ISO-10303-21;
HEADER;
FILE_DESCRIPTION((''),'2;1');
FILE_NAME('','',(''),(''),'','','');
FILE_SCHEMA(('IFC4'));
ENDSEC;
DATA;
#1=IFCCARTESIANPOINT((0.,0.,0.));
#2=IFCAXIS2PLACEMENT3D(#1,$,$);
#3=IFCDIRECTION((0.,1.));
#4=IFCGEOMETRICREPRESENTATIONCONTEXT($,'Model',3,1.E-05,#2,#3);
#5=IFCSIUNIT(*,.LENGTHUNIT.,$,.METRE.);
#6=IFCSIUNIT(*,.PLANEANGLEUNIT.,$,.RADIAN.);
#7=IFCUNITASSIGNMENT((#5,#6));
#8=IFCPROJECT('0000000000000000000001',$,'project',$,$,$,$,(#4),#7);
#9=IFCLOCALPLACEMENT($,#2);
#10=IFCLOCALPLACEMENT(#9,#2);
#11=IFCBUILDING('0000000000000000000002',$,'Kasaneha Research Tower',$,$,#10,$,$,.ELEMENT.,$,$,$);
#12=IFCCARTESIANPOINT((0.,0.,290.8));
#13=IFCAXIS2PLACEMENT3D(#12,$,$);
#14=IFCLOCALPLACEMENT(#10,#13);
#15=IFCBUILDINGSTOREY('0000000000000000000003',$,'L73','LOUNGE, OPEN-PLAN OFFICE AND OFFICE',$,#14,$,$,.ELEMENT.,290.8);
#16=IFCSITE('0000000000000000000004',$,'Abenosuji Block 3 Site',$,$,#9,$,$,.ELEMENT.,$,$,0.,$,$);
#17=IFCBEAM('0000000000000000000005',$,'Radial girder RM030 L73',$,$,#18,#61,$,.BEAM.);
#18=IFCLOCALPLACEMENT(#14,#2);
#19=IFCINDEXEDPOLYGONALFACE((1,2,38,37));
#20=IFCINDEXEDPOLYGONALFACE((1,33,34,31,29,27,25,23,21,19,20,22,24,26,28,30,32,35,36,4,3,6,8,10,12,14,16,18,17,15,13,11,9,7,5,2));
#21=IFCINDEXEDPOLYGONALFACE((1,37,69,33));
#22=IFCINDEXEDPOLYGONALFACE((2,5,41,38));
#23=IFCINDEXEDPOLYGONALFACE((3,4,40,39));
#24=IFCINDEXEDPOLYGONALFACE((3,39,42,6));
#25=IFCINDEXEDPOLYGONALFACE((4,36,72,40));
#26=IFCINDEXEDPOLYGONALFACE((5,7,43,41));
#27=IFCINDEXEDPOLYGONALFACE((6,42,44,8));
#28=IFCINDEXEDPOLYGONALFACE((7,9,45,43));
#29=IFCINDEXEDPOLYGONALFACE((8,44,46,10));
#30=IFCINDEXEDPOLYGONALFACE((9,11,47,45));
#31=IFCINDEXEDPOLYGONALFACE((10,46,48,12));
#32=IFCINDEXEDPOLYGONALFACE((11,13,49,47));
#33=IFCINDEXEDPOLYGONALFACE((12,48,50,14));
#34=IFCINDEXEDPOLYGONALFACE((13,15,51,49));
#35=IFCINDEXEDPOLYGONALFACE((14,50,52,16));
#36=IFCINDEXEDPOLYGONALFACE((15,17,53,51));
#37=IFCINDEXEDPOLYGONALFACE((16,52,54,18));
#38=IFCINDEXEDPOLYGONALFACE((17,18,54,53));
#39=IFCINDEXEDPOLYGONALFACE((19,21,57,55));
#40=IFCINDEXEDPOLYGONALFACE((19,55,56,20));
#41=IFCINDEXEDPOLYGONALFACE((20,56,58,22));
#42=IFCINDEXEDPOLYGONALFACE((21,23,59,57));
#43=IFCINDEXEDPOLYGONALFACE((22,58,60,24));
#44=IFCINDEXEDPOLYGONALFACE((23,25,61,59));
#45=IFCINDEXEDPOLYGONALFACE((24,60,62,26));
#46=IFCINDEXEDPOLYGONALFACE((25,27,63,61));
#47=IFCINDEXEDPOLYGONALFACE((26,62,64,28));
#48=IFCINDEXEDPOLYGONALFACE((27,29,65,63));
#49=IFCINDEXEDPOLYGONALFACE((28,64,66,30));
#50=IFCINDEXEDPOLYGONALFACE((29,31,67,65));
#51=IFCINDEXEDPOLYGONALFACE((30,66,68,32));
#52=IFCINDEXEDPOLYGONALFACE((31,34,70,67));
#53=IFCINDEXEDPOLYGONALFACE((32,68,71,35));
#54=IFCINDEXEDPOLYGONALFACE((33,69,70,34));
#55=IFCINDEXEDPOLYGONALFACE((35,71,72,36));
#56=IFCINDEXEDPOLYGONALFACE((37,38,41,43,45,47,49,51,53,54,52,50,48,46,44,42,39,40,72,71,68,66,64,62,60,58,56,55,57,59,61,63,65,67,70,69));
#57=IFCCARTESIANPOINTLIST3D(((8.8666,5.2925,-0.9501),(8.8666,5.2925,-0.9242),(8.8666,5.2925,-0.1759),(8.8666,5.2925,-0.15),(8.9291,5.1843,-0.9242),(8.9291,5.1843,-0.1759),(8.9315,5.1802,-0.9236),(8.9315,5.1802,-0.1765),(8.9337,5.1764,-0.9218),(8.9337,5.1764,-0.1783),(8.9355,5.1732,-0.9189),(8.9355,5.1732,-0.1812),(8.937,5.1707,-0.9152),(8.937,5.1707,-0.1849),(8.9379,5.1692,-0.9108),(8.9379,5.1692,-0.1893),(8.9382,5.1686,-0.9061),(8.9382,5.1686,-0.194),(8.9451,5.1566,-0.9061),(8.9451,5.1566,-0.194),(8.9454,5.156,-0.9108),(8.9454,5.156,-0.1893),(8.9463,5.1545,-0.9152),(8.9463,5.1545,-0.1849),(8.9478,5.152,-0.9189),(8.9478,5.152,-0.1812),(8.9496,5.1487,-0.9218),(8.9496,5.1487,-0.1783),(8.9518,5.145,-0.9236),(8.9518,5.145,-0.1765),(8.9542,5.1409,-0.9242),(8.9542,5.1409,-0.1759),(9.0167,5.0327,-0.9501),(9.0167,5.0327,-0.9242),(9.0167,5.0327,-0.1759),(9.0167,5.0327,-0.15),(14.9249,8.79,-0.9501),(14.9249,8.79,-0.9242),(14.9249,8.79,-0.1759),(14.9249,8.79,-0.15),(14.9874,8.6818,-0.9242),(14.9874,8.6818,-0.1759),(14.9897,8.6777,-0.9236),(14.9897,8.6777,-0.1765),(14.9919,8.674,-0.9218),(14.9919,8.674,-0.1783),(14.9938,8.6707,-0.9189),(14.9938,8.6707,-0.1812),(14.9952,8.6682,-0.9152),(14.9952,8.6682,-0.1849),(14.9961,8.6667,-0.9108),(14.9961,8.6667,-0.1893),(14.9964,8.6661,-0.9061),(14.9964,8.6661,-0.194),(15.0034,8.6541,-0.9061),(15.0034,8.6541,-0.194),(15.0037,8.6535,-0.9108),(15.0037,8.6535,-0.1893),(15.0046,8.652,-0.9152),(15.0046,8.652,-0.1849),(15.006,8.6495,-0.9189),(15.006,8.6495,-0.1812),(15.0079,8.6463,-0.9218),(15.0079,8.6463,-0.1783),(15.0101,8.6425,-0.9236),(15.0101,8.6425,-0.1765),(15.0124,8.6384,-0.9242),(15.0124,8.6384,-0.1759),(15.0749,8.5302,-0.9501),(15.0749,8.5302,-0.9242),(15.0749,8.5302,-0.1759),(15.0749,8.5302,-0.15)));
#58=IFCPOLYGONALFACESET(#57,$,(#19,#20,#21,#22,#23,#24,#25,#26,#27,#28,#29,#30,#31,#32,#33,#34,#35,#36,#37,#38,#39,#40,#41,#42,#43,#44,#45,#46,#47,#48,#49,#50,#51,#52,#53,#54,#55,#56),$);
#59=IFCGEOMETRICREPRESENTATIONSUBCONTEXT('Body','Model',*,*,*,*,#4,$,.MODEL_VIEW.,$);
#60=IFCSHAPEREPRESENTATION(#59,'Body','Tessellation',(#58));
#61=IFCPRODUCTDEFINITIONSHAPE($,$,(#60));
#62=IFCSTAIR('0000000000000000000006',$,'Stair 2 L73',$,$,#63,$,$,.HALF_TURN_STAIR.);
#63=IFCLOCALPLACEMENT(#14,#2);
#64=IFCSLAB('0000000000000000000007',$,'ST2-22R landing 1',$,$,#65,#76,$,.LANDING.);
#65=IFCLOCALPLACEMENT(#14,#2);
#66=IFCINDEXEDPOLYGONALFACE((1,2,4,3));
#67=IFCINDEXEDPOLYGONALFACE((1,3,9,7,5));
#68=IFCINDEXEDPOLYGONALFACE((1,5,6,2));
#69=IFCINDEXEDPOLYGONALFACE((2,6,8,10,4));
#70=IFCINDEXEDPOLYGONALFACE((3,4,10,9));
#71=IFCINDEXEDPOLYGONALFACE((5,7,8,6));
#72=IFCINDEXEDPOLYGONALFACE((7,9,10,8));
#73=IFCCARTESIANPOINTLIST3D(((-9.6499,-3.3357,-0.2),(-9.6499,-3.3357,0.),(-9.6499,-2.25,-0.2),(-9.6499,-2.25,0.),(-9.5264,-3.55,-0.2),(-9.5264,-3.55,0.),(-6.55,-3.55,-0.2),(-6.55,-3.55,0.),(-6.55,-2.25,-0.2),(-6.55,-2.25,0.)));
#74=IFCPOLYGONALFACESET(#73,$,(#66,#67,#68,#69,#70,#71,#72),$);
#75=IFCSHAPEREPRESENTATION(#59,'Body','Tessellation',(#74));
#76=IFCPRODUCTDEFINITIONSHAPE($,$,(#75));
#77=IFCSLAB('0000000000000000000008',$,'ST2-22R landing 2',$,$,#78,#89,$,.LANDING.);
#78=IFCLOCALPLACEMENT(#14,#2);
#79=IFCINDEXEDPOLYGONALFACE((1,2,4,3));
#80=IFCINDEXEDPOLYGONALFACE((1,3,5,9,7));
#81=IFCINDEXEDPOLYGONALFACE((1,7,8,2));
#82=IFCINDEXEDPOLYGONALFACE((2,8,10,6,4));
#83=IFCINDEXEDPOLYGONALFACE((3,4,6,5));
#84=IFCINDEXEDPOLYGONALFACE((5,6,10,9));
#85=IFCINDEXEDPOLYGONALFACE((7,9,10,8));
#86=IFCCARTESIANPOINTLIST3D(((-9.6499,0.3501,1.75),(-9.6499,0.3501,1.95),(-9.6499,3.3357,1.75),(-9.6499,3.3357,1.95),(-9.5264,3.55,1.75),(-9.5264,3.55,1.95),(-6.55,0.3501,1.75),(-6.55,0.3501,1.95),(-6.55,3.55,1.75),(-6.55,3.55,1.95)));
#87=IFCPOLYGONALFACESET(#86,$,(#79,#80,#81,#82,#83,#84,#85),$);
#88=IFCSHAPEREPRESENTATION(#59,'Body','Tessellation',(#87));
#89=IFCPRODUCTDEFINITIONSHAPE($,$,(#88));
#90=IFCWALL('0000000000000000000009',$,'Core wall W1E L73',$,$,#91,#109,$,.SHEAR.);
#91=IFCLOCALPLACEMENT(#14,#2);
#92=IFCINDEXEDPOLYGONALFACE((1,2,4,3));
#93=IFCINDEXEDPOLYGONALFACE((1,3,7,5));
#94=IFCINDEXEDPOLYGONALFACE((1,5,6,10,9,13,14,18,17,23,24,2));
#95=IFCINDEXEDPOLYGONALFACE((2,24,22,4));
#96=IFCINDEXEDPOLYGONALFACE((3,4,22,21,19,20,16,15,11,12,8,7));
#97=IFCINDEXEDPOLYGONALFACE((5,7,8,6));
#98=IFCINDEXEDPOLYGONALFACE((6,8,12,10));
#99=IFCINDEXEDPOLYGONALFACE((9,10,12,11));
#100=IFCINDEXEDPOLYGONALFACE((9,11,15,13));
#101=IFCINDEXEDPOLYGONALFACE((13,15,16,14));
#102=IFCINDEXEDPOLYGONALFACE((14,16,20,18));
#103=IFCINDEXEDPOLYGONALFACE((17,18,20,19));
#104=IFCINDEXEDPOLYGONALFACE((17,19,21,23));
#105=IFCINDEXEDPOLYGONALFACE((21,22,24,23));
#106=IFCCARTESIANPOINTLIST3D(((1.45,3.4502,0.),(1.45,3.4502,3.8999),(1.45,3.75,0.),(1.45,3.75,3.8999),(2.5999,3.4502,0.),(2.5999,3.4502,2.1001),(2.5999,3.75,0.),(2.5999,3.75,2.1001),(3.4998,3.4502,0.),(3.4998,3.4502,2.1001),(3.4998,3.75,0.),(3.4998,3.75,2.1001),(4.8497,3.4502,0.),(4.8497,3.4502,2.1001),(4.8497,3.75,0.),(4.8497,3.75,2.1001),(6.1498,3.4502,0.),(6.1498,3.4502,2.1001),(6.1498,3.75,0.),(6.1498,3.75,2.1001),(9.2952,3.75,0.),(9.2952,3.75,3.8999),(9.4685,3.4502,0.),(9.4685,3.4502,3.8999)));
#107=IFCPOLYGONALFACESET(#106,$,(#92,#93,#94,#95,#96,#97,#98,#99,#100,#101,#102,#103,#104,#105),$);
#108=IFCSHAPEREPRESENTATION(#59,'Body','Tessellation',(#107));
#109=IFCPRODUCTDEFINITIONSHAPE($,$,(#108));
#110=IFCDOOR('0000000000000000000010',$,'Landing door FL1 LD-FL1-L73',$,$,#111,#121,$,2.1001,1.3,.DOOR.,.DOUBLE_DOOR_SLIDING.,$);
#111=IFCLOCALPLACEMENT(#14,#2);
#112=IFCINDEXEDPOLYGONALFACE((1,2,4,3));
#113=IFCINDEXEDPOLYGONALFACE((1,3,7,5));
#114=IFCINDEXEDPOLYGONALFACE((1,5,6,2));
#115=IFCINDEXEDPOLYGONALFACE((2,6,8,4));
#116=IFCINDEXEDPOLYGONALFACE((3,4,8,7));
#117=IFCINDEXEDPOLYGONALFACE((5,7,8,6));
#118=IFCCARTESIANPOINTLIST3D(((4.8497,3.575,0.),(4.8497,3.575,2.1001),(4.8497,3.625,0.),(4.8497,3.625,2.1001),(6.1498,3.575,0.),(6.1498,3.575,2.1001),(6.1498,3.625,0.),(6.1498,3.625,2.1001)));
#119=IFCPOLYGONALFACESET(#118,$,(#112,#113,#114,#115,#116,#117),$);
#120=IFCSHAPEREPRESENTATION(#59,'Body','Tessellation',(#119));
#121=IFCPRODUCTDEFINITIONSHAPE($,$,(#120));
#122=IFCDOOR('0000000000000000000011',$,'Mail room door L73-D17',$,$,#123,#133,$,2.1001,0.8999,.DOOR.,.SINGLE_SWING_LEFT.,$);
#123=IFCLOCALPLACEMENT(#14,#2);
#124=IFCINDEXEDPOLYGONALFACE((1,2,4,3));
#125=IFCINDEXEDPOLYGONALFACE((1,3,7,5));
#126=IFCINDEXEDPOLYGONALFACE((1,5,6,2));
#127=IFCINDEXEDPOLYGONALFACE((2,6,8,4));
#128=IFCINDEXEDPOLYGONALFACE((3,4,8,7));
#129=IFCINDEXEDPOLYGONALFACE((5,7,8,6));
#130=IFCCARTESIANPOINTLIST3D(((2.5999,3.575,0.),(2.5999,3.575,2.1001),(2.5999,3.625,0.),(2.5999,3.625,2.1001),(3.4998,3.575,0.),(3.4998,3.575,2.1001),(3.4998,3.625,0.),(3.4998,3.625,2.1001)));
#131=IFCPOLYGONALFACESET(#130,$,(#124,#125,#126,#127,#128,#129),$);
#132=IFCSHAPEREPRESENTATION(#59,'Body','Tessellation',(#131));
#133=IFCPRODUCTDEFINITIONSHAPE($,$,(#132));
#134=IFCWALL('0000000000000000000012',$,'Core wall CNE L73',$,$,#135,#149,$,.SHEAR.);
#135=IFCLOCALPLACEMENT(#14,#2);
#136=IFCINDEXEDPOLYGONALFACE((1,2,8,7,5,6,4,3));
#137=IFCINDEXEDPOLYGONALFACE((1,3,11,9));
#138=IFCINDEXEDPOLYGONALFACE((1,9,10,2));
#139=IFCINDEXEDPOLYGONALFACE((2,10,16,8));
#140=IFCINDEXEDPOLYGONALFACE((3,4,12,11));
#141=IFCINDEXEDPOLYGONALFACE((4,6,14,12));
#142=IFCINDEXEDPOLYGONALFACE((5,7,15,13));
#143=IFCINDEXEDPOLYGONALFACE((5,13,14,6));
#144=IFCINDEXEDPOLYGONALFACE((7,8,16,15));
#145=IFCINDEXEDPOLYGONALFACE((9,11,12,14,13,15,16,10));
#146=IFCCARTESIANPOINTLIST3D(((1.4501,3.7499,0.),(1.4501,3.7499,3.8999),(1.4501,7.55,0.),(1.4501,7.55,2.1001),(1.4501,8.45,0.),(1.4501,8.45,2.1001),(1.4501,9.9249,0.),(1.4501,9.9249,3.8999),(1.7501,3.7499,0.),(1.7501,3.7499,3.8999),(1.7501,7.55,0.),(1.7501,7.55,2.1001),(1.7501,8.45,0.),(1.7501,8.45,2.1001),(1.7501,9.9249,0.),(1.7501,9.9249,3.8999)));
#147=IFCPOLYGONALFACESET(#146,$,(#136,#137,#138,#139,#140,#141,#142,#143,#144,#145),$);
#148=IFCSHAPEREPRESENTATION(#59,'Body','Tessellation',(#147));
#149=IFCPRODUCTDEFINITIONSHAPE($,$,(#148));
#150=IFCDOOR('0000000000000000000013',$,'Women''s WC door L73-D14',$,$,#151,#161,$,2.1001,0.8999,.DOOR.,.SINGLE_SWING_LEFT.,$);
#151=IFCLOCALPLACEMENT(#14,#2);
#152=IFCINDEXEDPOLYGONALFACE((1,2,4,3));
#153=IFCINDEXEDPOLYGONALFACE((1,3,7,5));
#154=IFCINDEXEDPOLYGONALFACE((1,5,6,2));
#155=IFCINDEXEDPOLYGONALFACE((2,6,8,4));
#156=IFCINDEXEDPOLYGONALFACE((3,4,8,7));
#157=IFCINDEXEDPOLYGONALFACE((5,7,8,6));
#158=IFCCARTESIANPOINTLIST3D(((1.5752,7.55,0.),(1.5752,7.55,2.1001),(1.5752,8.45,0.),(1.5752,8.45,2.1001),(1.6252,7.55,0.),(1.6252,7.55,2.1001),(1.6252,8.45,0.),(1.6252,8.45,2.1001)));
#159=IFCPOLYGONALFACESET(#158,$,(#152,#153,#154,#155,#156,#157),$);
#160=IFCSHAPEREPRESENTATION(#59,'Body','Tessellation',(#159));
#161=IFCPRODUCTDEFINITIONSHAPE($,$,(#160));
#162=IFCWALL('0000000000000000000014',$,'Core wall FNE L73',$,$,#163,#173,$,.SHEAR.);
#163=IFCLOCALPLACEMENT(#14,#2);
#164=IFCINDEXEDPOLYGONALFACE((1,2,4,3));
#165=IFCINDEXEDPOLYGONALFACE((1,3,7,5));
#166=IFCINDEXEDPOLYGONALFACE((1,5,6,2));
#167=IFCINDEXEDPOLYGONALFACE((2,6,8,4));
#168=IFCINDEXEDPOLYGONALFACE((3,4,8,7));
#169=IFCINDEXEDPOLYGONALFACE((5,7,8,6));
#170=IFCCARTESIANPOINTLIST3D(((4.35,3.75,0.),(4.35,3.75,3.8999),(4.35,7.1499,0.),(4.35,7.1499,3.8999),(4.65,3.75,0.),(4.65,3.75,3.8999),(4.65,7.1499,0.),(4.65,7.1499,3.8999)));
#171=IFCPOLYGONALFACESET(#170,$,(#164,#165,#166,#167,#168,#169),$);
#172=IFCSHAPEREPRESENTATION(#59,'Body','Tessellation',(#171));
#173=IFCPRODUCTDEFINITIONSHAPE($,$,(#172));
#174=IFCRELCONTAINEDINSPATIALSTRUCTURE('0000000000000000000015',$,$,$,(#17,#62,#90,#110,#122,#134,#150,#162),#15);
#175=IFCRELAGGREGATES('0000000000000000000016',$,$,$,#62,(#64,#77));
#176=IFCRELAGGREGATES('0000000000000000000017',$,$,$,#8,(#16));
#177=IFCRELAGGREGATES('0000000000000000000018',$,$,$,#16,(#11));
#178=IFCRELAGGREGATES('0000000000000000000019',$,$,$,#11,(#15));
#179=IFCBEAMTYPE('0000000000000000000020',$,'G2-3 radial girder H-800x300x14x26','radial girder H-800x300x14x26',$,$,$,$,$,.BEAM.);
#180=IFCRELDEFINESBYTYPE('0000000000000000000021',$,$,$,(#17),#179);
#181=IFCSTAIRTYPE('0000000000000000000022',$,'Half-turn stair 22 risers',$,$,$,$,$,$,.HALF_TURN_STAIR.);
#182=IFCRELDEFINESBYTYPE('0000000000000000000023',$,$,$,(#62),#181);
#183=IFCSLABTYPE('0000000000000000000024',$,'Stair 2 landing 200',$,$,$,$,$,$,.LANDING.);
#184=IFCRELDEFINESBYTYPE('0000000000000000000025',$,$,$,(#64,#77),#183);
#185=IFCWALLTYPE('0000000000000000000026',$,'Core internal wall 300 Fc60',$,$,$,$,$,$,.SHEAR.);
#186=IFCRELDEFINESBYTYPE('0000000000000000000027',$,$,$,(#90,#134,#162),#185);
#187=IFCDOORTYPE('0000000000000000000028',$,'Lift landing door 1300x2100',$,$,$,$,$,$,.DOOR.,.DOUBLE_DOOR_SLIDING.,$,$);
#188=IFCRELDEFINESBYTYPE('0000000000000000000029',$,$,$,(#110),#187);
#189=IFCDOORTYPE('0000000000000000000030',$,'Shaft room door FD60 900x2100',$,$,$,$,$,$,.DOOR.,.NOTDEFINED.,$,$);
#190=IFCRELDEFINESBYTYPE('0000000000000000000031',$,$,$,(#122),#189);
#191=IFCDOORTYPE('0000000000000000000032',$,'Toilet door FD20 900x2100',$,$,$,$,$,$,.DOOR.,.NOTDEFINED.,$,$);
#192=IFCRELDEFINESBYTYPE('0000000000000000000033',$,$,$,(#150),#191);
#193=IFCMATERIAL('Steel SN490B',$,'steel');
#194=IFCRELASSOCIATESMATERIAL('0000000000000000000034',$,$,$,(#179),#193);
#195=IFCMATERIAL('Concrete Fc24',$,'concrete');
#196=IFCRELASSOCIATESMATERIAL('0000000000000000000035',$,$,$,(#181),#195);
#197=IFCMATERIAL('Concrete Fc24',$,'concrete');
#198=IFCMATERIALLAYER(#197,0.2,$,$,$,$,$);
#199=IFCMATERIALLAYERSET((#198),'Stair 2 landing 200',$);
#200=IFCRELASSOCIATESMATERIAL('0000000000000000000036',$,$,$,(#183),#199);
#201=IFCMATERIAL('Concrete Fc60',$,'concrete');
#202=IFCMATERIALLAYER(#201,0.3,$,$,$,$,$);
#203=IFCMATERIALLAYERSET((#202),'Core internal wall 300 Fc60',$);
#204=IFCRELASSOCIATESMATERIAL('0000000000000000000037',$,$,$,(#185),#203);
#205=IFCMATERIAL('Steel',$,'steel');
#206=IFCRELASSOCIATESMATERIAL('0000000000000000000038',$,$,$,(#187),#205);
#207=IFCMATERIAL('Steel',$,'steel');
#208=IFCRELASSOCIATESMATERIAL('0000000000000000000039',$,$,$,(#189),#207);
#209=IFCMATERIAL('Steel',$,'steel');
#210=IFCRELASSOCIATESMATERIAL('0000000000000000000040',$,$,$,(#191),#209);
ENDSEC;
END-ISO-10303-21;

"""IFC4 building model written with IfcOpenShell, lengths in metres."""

from ifc_helpers import new_model, si_unit, direction, frame, frame_2d, origin, origin_2d, place, context, subcontext, project, spatial, polyline, rectangle, i_section, outline, extrude, material, layer, layer_set, material_profile, profile_set, type_object, element, fill, aggregate, save


model = new_model("IFC4")

# Units and contexts
model_context = context("Model", 3, precision=1e-05, world=origin(), true_north=direction((0.0, 1.0)))
body_context = subcontext(model_context, "Body", "Model", "MODEL_VIEW")
ifc_project = project(units=[si_unit("LENGTHUNIT", "METRE"), si_unit("PLANEANGLEUNIT", "RADIAN")], contexts=[model_context])

# Site, building, storey
site_placement = place(None, origin())
site = spatial("IfcSite", under=ifc_project, at=site_placement, Name="Abenosuji Block 3 Site", CompositionType="ELEMENT", RefElevation=0.0)
building_placement = place(site_placement, origin())
building = spatial("IfcBuilding", under=site, at=building_placement, Name="Kasaneha Research Tower", CompositionType="ELEMENT")
storey_placement = place(building_placement, frame((0.0, 0.0, 290.8)))
storey = spatial("IfcBuildingStorey", under=building, at=storey_placement, Name="L73", Description="LOUNGE, OPEN-PLAN OFFICE AND OFFICE", CompositionType="ELEMENT", Elevation=290.8)

# Beam
ifc_material_1 = material(Name="Steel SN490B", Category="steel")
ifc_material_profile = material_profile(ifc_material_1, i_section(OverallWidth=0.3, OverallDepth=0.8, WebThickness=0.0139, FlangeThickness=0.0259, FilletRadius=0.0181, at=origin_2d()), Name="H-800x300x14x26")
ifc_profile_set = profile_set([ifc_material_profile], Name="Steel SN490B")
beam_type = type_object("IfcBeamType", Name="G2-3 radial girder H-800x300x14x26", Description="radial girder H-800x300x14x26", PredefinedType="BEAM", material=ifc_profile_set)
beam_placement = place(storey_placement, frame((8.9417, 5.1626, -0.55), z_axis=(0.86604, 0.499975, 0.0), x_axis=(-0.499975, 0.86604, 0.0)))
element("IfcBeam", 1, at=beam_placement, inside=storey, type_object=beam_type, Name="Radial girder RM030 L73", PredefinedType="BEAM", context=body_context, shape_type="SweptSolid", body=[
    extrude(i_section(OverallWidth=0.3, OverallDepth=0.8, WebThickness=0.0139, FlangeThickness=0.0259, FilletRadius=0.0181, at=origin_2d()), origin(), (0.0, 0.0, 1.0), 6.9954),
])

# Stair, slabs
ifc_material_2 = material(Name="Concrete Fc24", Category="concrete")
stair_type = type_object("IfcStairType", Name="Half-turn stair 22 risers", PredefinedType="HALF_TURN_STAIR", material=ifc_material_2)
stair_1_placement = place(storey_placement, origin())
stair_1 = element("IfcStair", 2, at=stair_1_placement, inside=storey, type_object=stair_type, Name="Stair 2 L73", PredefinedType="HALF_TURN_STAIR")
ifc_material_3 = material(Name="Concrete Fc24", Category="concrete")
ifc_layer_1 = layer(ifc_material_3, 0.2)
ifc_layer_set_1 = layer_set([ifc_layer_1], Name="Stair 2 landing 200")
slab_type = type_object("IfcSlabType", Name="Stair 2 landing 200", PredefinedType="LANDING", material=ifc_layer_set_1)
slab_1_placement = place(storey_placement, frame((0.0, 0.0, -0.2)))
slab_1 = element("IfcSlab", 3, at=slab_1_placement, type_object=slab_type, Name="ST2-22R landing 1", PredefinedType="LANDING", context=body_context, shape_type="SweptSolid", body=[
    extrude(outline(polyline([(-6.55, -3.55), (-9.5264, -3.55), (-9.6499, -3.3357), (-9.6499, -2.25), (-6.55, -2.25), (-6.55, -3.55)])), origin(), (0.0, 0.0, 1.0), 0.2),
])
slab_2_placement = place(storey_placement, frame((0.0, 0.0, 1.75)))
slab_2 = element("IfcSlab", 4, at=slab_2_placement, type_object=slab_type, Name="ST2-22R landing 2", PredefinedType="LANDING", context=body_context, shape_type="SweptSolid", body=[
    extrude(outline(polyline([(-6.55, 0.3501), (-9.6499, 0.3501), (-9.6499, 3.3357), (-9.5264, 3.55), (-6.55, 3.55), (-6.55, 0.3501)])), origin(), (0.0, 0.0, 1.0), 0.2),
])
aggregate(stair_1, [slab_1, slab_2])

# Wall, openings, doors
ifc_material_4 = material(Name="Concrete Fc60", Category="concrete")
ifc_layer_2 = layer(ifc_material_4, 0.3)
ifc_layer_set_2 = layer_set([ifc_layer_2], Name="Core internal wall 300 Fc60")
wall_type_1 = type_object("IfcWallType", Name="Core internal wall 300 Fc60", PredefinedType="SHEAR", material=ifc_layer_set_2)
wall_1_placement = place(storey_placement, frame((1.45, 3.6001, 0.0), z_axis=(0.0, 0.0, 1.0), x_axis=(1.0, 0.0, 0.0)))
wall_1 = element("IfcWall", 5, at=wall_1_placement, inside=storey, type_object=wall_type_1, Name="Core wall W1E L73", PredefinedType="SHEAR", context=body_context, shape_type="SweptSolid", body=[
    extrude(outline(polyline([(0.0, -0.1499), (1.1499, -0.1499), (2.0498, -0.1499), (3.3999, -0.1499), (4.7, -0.1499), (8.0186, -0.1499), (7.8452, 0.1499), (4.7, 0.1499), (3.3999, 0.1499), (2.0498, 0.1499), (1.1499, 0.1499), (0.0, 0.1499), (0.0, -0.1499)])), origin(), (0.0, 0.0, 1.0), 3.8999),
])
opening_1_placement = place(wall_1_placement, frame((1.1499, 0.0, 0.0)))
opening_1 = element("IfcOpeningElement", 6, at=opening_1_placement, cuts=wall_1, PredefinedType="OPENING", context=body_context, shape_type="SweptSolid", body=[
    extrude(rectangle(XDim=0.8999, YDim=2.1001, at=frame_2d((0.45, 1.05))), frame((0.0, 0.1602, 0.0), z_axis=(0.0, -1.0, 0.0), x_axis=(1.0, 0.0, 0.0)), (0.0, 0.0, 1.0), 0.3201),
])
opening_2_placement = place(wall_1_placement, frame((3.3999, 0.0, 0.0)))
opening_2 = element("IfcOpeningElement", 7, at=opening_2_placement, cuts=wall_1, PredefinedType="OPENING", context=body_context, shape_type="SweptSolid", body=[
    extrude(rectangle(XDim=1.3, YDim=2.1001, at=frame_2d((0.6499, 1.05))), frame((0.0, 0.1602, 0.0), z_axis=(0.0, -1.0, 0.0), x_axis=(1.0, 0.0, 0.0)), (0.0, 0.0, 1.0), 0.3201),
])
ifc_material_5 = material(Name="Steel", Category="steel")
door_type_1 = type_object("IfcDoorType", Name="Lift landing door 1300x2100", OperationType="DOUBLE_DOOR_SLIDING", PredefinedType="DOOR", material=ifc_material_5)
door_1_placement = place(opening_2_placement, origin())
door_1 = element("IfcDoor", 8, at=door_1_placement, inside=storey, type_object=door_type_1, Name="Landing door FL1 LD-FL1-L73", OperationType="DOUBLE_DOOR_SLIDING", OverallHeight=2.1001, OverallWidth=1.3, PredefinedType="DOOR", context=body_context, shape_type="SweptSolid", body=[
    extrude(rectangle(XDim=1.3, YDim=2.1001, at=frame_2d((0.6499, 1.05))), frame((0.0, 0.0249, 0.0), z_axis=(0.0, -1.0, 0.0), x_axis=(1.0, 0.0, 0.0)), (0.0, 0.0, 1.0), 0.05),
])
fill(opening_2, door_1)
ifc_material_6 = material(Name="Steel", Category="steel")
door_type_2 = type_object("IfcDoorType", Name="Shaft room door FD60 900x2100", OperationType="NOTDEFINED", PredefinedType="DOOR", material=ifc_material_6)
door_2_placement = place(opening_1_placement, origin())
door_2 = element("IfcDoor", 9, at=door_2_placement, inside=storey, type_object=door_type_2, Name="Mail room door L73-D17", OperationType="SINGLE_SWING_LEFT", OverallHeight=2.1001, OverallWidth=0.8999, PredefinedType="DOOR", context=body_context, shape_type="SweptSolid", body=[
    extrude(rectangle(XDim=0.8999, YDim=2.1001, at=frame_2d((0.45, 1.05))), frame((0.0, 0.0249, 0.0), z_axis=(0.0, -1.0, 0.0), x_axis=(1.0, 0.0, 0.0)), (0.0, 0.0, 1.0), 0.05),
])
fill(opening_1, door_2)

# Wall, opening, door
wall_2_placement = place(storey_placement, frame((1.6001, 3.75, 0.0), z_axis=(0.0, 0.0, 1.0), x_axis=(0.0, 1.0, 0.0)))
wall_2 = element("IfcWall", 10, at=wall_2_placement, inside=storey, type_object=wall_type_1, Name="Core wall CNE L73", PredefinedType="SHEAR", context=body_context, shape_type="SweptSolid", body=[
    extrude(rectangle(XDim=6.175, YDim=0.3, at=frame_2d((3.0874, 0.0))), origin(), (0.0, 0.0, 1.0), 3.8999),
])
opening_3_placement = place(wall_2_placement, frame((3.8, 0.0, 0.0)))
opening_3 = element("IfcOpeningElement", 11, at=opening_3_placement, cuts=wall_2, PredefinedType="OPENING", context=body_context, shape_type="SweptSolid", body=[
    extrude(rectangle(XDim=0.8999, YDim=2.1001, at=frame_2d((0.45, 1.05))), frame((0.0, 0.1602, 0.0), z_axis=(0.0, -1.0, 0.0), x_axis=(1.0, 0.0, 0.0)), (0.0, 0.0, 1.0), 0.3201),
])
ifc_material_7 = material(Name="Steel", Category="steel")
door_type_3 = type_object("IfcDoorType", Name="Toilet door FD20 900x2100", OperationType="NOTDEFINED", PredefinedType="DOOR", material=ifc_material_7)
door_3_placement = place(opening_3_placement, origin())
door_3 = element("IfcDoor", 12, at=door_3_placement, inside=storey, type_object=door_type_3, Name="Women's WC door L73-D14", OperationType="SINGLE_SWING_LEFT", OverallHeight=2.1001, OverallWidth=0.8999, PredefinedType="DOOR", context=body_context, shape_type="SweptSolid", body=[
    extrude(rectangle(XDim=0.8999, YDim=2.1001, at=frame_2d((0.45, 1.05))), frame((0.0, 0.0249, 0.0), z_axis=(0.0, -1.0, 0.0), x_axis=(1.0, 0.0, 0.0)), (0.0, 0.0, 1.0), 0.05),
])
fill(opening_3, door_3)

# Wall
wall_3_placement = place(storey_placement, frame((4.5, 3.75, 0.0), z_axis=(0.0, 0.0, 1.0), x_axis=(0.0, 1.0, 0.0)))
element("IfcWall", 13, at=wall_3_placement, inside=storey, type_object=wall_type_1, Name="Core wall FNE L73", PredefinedType="SHEAR", context=body_context, shape_type="SweptSolid", body=[
    extrude(rectangle(XDim=3.3999, YDim=0.3, at=frame_2d((1.7, 0.0))), origin(), (0.0, 0.0, 1.0), 3.8999),
])

save(model, "model.ifc")
